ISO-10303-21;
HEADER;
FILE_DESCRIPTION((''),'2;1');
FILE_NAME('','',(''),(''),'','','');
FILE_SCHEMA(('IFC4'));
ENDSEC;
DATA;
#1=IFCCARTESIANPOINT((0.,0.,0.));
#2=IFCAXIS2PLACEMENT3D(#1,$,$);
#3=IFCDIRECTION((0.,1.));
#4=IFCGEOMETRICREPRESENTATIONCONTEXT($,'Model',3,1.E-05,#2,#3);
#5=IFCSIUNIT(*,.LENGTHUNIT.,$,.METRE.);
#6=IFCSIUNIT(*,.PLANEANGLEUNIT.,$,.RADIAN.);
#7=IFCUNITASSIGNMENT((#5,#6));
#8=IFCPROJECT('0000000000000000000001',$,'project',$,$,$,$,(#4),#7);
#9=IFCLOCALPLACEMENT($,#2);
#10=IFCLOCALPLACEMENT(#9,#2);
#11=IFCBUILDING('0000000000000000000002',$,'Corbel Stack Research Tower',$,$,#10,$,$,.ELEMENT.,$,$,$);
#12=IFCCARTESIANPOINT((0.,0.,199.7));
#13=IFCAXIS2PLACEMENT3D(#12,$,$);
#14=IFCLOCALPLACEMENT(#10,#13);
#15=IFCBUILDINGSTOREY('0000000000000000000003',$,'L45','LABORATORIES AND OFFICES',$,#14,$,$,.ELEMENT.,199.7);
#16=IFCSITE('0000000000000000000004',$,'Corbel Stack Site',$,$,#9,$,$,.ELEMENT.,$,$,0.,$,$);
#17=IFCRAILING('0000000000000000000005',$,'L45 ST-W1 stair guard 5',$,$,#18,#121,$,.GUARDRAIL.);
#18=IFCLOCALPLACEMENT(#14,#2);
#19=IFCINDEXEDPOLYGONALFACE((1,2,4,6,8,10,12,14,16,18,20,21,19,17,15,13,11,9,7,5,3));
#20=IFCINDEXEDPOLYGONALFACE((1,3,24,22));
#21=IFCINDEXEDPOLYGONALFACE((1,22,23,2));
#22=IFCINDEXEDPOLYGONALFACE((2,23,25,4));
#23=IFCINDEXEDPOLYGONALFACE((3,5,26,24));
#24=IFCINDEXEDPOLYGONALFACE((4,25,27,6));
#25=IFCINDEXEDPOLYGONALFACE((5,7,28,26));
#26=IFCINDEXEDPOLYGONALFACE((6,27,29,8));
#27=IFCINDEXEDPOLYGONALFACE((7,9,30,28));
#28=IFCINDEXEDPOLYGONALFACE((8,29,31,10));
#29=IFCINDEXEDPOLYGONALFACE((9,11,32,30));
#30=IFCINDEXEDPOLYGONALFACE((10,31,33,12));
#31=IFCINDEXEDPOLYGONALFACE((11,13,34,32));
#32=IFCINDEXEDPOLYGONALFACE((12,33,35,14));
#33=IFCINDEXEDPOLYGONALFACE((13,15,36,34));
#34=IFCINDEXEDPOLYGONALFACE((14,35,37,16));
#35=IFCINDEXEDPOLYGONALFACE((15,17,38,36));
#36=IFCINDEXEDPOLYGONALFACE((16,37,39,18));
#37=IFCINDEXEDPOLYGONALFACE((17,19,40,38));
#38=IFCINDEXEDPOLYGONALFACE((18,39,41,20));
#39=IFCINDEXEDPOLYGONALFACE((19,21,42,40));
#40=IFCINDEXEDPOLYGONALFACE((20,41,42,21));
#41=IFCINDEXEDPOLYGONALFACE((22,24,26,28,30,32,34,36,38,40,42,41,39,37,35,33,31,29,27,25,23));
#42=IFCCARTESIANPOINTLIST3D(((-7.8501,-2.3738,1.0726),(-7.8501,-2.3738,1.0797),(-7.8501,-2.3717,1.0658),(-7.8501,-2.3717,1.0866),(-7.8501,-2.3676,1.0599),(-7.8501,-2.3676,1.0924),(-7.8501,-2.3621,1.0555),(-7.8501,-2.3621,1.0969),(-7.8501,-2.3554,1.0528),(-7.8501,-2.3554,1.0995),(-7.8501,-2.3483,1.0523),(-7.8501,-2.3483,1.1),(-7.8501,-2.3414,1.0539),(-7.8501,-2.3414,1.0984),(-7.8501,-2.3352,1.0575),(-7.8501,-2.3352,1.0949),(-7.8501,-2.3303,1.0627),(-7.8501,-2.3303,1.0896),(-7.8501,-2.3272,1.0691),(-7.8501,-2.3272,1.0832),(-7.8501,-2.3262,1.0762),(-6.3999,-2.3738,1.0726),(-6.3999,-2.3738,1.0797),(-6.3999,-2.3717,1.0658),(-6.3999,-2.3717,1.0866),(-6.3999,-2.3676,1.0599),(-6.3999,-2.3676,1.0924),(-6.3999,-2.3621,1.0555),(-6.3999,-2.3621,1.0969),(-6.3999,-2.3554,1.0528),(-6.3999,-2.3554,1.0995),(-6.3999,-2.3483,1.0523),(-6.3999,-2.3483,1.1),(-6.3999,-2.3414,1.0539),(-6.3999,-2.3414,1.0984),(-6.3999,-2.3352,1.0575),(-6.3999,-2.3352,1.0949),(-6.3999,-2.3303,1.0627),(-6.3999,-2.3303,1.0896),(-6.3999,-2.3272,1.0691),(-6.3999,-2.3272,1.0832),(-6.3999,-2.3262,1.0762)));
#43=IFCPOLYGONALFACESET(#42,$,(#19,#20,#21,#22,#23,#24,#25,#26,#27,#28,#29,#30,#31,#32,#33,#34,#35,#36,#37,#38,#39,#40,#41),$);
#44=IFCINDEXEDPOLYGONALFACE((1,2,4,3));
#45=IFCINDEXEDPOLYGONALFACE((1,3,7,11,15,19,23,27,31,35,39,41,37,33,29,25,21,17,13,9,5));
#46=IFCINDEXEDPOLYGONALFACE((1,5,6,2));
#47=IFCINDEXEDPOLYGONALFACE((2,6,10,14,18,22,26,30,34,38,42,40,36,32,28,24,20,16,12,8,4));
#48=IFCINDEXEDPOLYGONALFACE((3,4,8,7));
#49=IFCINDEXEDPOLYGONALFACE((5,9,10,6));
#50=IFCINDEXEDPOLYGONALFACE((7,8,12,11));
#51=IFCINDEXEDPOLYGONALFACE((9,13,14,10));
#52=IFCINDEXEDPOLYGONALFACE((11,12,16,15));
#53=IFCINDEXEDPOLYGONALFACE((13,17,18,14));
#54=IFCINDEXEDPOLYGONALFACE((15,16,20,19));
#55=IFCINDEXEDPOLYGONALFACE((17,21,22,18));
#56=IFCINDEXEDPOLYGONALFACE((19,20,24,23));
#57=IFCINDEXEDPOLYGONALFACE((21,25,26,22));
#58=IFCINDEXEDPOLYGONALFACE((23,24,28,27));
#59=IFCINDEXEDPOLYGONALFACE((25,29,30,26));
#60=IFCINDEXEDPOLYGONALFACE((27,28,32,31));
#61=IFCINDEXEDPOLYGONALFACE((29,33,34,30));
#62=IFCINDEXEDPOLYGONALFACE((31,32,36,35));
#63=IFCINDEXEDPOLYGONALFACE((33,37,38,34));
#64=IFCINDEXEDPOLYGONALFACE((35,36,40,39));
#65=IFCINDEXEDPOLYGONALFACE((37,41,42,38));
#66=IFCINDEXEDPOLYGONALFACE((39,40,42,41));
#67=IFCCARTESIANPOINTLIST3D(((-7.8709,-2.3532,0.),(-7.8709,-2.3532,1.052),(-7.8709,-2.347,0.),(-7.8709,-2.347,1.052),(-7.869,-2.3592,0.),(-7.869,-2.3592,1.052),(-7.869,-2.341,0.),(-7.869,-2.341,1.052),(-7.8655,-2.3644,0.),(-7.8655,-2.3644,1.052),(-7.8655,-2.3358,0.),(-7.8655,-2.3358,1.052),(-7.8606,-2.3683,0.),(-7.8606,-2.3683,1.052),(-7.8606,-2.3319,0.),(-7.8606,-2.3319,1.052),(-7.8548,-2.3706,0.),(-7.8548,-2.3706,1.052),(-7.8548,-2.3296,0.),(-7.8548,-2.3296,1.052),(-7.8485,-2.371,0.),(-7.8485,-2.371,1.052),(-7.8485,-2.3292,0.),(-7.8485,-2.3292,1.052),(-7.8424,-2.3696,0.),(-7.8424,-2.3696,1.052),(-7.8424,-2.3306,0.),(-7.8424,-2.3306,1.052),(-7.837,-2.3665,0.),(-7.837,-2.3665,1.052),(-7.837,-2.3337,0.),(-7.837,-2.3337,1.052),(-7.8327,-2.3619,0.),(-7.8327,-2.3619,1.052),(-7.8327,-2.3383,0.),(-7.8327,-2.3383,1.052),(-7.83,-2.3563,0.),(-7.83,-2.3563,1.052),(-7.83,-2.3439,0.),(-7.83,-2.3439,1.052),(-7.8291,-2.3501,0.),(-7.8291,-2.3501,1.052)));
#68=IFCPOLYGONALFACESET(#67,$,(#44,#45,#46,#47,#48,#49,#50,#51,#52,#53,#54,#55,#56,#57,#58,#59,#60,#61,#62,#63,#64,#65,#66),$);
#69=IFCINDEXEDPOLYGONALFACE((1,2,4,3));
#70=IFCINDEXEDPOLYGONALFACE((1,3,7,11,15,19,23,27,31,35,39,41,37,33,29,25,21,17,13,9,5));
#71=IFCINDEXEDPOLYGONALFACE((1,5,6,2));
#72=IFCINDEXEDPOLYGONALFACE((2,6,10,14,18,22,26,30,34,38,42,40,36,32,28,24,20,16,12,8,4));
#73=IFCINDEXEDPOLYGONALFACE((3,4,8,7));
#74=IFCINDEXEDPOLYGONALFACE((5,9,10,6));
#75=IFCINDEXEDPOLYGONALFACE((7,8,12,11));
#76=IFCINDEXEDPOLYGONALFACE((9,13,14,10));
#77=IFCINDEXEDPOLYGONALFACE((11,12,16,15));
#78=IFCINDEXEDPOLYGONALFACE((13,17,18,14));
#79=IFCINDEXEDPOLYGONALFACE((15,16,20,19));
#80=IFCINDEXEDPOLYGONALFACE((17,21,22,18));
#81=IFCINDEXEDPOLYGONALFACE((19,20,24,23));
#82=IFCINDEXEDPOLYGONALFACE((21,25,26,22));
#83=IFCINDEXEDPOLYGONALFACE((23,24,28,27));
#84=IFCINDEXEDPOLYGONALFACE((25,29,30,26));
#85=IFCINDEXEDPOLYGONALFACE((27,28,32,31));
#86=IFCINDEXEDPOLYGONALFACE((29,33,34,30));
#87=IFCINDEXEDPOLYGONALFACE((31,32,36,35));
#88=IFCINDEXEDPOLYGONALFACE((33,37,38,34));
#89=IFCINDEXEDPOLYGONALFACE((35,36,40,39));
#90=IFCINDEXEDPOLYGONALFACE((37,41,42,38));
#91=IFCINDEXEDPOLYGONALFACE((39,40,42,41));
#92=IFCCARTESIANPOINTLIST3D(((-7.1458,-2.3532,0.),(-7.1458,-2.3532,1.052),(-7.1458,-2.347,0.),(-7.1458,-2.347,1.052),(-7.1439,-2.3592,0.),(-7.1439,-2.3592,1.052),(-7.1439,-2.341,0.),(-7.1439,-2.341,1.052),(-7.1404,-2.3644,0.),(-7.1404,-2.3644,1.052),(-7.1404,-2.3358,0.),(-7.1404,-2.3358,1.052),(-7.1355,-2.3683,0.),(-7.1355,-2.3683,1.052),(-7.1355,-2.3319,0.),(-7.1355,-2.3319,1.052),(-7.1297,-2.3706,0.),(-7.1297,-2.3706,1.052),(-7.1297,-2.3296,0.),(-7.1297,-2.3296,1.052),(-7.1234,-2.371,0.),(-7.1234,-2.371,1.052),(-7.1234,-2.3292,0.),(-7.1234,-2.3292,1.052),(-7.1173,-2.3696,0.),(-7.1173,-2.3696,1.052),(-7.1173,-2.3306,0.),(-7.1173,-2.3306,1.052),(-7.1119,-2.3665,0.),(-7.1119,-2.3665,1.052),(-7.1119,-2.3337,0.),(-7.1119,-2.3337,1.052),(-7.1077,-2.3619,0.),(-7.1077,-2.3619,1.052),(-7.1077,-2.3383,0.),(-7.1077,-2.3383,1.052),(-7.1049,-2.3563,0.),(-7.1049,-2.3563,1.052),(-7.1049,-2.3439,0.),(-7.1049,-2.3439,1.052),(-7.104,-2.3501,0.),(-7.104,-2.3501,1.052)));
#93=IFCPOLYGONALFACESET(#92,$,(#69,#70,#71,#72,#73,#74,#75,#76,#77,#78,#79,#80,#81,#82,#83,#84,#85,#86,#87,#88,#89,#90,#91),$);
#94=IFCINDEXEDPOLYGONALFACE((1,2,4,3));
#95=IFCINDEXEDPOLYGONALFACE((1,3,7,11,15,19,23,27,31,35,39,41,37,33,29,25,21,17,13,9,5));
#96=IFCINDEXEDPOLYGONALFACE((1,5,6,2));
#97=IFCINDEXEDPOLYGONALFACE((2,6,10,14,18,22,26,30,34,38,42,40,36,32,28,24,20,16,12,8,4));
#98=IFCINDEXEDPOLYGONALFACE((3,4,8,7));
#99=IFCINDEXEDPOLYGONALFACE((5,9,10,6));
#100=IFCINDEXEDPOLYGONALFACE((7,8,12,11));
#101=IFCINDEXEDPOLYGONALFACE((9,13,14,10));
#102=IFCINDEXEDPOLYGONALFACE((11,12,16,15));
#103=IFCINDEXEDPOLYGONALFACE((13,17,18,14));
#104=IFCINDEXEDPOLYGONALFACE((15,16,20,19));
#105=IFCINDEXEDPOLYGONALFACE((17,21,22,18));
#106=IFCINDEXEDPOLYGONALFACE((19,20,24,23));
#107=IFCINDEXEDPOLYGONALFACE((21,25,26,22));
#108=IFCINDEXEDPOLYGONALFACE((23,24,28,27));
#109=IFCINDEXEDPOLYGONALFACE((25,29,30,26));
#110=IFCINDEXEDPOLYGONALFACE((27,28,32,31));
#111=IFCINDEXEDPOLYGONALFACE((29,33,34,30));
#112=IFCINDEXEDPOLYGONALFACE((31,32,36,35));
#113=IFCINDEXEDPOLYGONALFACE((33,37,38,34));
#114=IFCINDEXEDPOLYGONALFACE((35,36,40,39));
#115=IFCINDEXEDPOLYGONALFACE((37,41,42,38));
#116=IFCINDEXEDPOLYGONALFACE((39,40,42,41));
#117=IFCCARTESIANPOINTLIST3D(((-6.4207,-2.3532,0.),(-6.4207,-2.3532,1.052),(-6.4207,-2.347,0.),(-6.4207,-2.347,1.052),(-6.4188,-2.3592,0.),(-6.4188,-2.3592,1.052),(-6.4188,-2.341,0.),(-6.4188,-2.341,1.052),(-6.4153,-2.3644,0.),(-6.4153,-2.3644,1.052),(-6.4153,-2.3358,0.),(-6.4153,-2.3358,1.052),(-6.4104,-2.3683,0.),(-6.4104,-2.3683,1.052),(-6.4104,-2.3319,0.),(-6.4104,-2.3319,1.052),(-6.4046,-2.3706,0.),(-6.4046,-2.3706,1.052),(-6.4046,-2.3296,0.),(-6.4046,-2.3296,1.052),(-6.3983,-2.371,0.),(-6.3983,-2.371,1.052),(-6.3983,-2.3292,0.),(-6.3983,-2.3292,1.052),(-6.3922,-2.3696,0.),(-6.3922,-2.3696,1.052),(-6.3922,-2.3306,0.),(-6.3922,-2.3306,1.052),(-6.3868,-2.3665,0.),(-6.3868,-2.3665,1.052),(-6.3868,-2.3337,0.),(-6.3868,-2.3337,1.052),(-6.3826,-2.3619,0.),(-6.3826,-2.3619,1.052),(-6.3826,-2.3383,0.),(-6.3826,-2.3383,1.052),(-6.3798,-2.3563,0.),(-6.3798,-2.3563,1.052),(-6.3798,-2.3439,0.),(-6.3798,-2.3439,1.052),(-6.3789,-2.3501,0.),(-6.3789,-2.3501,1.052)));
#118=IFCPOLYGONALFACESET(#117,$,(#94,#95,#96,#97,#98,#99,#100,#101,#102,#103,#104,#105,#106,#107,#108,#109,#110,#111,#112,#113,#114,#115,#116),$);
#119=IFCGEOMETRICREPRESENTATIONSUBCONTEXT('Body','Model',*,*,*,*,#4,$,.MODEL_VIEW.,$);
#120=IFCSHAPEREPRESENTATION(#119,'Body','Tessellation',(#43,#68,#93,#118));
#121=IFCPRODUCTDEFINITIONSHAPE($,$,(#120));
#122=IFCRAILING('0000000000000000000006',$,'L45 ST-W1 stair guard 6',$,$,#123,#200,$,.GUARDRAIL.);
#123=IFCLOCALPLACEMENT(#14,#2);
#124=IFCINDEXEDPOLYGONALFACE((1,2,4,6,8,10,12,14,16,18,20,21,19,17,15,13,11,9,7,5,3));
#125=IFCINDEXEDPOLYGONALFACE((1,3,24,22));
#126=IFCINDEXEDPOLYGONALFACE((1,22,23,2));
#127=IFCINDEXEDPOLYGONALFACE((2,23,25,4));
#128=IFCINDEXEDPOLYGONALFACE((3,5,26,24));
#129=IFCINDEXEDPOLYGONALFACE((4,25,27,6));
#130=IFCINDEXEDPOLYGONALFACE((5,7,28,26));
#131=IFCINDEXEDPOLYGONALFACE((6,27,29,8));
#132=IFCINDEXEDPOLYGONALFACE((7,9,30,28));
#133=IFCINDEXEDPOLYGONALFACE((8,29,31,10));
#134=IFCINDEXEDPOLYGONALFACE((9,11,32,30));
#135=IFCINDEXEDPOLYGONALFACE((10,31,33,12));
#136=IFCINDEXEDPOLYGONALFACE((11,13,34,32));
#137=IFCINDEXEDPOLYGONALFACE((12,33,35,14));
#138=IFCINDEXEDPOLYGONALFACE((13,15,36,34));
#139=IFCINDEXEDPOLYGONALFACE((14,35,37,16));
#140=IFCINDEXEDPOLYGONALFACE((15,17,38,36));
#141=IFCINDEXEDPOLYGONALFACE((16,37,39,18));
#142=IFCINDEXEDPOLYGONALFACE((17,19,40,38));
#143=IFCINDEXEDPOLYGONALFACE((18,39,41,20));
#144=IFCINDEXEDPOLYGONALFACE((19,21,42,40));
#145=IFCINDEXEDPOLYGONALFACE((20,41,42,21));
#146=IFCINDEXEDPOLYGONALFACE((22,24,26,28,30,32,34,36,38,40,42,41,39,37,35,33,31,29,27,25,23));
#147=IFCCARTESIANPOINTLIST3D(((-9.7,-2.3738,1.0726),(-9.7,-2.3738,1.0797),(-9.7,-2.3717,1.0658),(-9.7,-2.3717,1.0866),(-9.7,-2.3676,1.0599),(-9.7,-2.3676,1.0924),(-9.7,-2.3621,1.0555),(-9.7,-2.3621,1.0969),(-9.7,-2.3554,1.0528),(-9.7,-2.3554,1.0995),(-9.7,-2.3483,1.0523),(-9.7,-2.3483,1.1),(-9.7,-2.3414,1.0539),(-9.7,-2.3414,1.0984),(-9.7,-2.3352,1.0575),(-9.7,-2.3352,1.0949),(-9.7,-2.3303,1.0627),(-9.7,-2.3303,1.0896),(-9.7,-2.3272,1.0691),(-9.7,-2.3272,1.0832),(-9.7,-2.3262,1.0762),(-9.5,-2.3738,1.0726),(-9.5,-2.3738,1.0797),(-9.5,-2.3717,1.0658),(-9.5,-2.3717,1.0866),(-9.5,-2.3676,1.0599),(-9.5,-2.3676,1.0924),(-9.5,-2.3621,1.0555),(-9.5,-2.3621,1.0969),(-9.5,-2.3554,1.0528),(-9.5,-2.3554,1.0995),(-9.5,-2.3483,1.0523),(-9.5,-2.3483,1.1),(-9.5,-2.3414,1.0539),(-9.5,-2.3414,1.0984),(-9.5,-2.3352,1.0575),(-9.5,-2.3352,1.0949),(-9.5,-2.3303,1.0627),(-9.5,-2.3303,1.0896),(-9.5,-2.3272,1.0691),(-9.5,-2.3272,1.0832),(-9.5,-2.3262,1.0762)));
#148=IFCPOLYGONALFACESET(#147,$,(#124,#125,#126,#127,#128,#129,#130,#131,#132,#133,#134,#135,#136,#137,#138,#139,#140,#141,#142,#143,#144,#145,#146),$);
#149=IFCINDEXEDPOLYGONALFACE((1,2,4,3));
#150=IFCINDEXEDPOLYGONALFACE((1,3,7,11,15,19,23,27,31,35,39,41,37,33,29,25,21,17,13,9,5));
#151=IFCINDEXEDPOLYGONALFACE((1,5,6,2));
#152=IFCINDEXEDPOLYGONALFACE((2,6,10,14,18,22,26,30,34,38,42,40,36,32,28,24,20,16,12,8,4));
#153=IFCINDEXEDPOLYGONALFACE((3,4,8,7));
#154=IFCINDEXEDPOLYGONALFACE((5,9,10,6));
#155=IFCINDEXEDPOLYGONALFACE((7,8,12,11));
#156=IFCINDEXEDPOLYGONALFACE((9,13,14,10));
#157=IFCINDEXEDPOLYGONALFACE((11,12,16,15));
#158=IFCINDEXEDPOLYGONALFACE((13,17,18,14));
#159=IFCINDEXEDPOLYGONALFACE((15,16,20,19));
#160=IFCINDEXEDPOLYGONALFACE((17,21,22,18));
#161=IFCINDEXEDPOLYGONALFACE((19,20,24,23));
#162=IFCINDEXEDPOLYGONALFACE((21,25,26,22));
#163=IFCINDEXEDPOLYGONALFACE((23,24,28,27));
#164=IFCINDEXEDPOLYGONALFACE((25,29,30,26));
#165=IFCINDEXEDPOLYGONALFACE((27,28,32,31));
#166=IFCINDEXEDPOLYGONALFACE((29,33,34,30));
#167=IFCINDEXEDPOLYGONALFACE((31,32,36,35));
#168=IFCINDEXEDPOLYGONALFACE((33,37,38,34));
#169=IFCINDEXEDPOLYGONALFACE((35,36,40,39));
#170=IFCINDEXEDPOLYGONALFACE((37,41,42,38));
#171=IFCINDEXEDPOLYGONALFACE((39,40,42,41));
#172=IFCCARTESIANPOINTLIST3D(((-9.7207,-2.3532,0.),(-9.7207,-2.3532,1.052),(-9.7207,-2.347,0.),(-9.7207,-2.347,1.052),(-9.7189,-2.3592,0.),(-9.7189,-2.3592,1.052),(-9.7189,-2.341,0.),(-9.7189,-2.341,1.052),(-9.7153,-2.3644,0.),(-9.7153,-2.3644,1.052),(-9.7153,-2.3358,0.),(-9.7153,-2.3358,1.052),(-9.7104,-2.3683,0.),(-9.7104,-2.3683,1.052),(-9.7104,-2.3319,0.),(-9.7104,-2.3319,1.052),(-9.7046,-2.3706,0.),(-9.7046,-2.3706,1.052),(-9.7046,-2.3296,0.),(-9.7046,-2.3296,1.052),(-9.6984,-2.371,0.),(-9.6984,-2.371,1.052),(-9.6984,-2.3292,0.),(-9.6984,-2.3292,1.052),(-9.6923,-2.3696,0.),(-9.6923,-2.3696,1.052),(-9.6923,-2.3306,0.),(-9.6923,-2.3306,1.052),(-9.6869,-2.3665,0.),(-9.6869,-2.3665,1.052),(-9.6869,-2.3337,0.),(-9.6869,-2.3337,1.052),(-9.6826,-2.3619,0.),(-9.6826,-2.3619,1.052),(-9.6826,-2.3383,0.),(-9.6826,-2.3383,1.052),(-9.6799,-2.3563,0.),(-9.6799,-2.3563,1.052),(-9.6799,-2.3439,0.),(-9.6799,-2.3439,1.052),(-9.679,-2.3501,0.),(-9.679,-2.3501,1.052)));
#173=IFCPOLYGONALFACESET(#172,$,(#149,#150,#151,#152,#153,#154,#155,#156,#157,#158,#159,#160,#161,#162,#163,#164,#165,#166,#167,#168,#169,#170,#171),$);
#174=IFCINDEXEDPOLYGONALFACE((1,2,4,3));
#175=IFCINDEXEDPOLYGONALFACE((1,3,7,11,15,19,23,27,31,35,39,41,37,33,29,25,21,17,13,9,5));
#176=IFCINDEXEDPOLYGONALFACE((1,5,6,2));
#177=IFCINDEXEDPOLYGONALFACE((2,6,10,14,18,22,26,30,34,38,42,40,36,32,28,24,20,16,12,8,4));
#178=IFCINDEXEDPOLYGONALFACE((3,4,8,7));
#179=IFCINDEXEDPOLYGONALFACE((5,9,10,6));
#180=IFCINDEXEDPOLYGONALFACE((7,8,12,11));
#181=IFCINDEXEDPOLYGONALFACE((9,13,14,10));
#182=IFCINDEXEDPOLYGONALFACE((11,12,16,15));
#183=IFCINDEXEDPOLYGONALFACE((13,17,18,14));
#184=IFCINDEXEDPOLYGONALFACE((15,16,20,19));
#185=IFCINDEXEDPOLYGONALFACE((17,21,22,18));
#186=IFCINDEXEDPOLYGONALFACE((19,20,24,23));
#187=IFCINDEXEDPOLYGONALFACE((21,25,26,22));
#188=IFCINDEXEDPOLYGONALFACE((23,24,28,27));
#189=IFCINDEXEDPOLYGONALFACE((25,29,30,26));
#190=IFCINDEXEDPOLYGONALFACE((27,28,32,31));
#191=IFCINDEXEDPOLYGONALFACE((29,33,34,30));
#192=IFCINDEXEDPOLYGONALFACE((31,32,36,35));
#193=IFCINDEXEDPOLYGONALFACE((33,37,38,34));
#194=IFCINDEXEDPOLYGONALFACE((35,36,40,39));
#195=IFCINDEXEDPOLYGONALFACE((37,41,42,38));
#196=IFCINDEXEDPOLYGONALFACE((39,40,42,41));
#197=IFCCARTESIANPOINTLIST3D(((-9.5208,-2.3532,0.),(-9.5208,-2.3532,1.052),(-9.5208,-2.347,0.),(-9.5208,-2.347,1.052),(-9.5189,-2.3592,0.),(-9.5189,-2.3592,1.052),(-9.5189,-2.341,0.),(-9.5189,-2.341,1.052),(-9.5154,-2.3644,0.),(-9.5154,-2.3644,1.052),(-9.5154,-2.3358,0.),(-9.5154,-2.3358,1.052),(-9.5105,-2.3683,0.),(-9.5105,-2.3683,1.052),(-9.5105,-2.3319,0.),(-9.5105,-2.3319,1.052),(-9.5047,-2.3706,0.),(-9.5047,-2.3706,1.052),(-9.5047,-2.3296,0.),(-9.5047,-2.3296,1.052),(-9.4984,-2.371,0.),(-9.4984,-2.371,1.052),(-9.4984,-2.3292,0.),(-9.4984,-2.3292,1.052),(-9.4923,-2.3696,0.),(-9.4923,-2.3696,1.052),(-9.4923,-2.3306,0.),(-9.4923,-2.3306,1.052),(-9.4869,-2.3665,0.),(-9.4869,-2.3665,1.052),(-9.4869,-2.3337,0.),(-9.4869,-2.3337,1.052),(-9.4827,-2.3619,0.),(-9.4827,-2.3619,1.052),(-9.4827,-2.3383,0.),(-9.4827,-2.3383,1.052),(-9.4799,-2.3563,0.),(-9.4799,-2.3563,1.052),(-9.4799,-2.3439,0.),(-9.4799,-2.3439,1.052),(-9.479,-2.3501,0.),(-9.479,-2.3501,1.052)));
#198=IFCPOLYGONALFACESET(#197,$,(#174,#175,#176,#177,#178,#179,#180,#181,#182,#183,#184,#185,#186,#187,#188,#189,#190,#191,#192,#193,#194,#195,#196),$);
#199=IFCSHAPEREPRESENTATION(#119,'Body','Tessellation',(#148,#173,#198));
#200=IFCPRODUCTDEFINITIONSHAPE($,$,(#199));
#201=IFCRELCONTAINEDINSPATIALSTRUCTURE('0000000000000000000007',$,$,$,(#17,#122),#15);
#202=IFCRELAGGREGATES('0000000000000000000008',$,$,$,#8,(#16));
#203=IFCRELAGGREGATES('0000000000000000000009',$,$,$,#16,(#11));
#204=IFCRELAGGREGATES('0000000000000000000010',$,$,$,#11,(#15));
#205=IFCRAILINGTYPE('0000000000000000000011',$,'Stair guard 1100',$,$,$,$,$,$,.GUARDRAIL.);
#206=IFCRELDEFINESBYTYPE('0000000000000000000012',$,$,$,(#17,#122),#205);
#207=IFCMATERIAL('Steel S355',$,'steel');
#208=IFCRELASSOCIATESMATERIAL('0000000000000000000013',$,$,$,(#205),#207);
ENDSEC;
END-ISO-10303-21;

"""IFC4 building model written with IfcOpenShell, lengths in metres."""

from ifc_helpers import new_model, si_unit, direction, frame, origin, origin_2d, place, context, subcontext, project, spatial, circle, extrude, material, type_object, element, save


model = new_model("IFC4")

# Units and contexts
model_context = context("Model", 3, precision=1e-05, world=origin(), true_north=direction((0.0, 1.0)))
body_context = subcontext(model_context, "Body", "Model", "MODEL_VIEW")
ifc_project = project(units=[si_unit("LENGTHUNIT", "METRE"), si_unit("PLANEANGLEUNIT", "RADIAN")], contexts=[model_context])

# Site, building, storey
site_placement = place(None, origin())
site = spatial("IfcSite", under=ifc_project, at=site_placement, Name="Corbel Stack Site", CompositionType="ELEMENT", RefElevation=0.0)
building_placement = place(site_placement, origin())
building = spatial("IfcBuilding", under=site, at=building_placement, Name="Corbel Stack Research Tower", CompositionType="ELEMENT")
storey_placement = place(building_placement, frame((0.0, 0.0, 199.7)))
storey = spatial("IfcBuildingStorey", under=building, at=storey_placement, Name="L45", Description="LABORATORIES AND OFFICES", CompositionType="ELEMENT", Elevation=199.7)

# Railings
ifc_material_1 = material(Name="Steel S355", Category="steel")
railing_type_1 = type_object("IfcRailingType", Name="Stair guard 1100", PredefinedType="GUARDRAIL", material=ifc_material_1)
railing_1_placement = place(storey_placement, frame((-7.8501, -2.3501, 0.0)))
element("IfcRailing", 1, at=railing_1_placement, inside=storey, type_object=railing_type_1, Name="L45 ST-W1 stair guard 5", PredefinedType="GUARDRAIL", context=body_context, shape_type="SweptSolid", body=[
    extrude(circle(Radius=0.0239, at=origin_2d()), frame((0.0, 0.0, 1.0762), z_axis=(1.0, 0.0, 0.0), x_axis=(0.0, 1.0, 0.0)), (0.0, 0.0, 1.0), 1.4502),
    extrude(circle(Radius=0.021, at=origin_2d()), origin(), (0.0, 0.0, 1.0), 1.052),
    extrude(circle(Radius=0.021, at=origin_2d()), frame((0.7251, 0.0, 0.0)), (0.0, 0.0, 1.0), 1.052),
    extrude(circle(Radius=0.021, at=origin_2d()), frame((1.4502, 0.0, 0.0)), (0.0, 0.0, 1.0), 1.052),
])
railing_2_placement = place(storey_placement, frame((-9.7, -2.3501, 0.0)))
element("IfcRailing", 2, at=railing_2_placement, inside=storey, type_object=railing_type_1, Name="L45 ST-W1 stair guard 6", PredefinedType="GUARDRAIL", context=body_context, shape_type="SweptSolid", body=[
    extrude(circle(Radius=0.0239, at=origin_2d()), frame((0.0, 0.0, 1.0762), z_axis=(1.0, 0.0, 0.0), x_axis=(0.0, 1.0, 0.0)), (0.0, 0.0, 1.0), 0.2),
    extrude(circle(Radius=0.021, at=origin_2d()), origin(), (0.0, 0.0, 1.0), 1.052),
    extrude(circle(Radius=0.021, at=origin_2d()), frame((0.2, 0.0, 0.0)), (0.0, 0.0, 1.0), 1.052),
])

save(model, "model.ifc")
